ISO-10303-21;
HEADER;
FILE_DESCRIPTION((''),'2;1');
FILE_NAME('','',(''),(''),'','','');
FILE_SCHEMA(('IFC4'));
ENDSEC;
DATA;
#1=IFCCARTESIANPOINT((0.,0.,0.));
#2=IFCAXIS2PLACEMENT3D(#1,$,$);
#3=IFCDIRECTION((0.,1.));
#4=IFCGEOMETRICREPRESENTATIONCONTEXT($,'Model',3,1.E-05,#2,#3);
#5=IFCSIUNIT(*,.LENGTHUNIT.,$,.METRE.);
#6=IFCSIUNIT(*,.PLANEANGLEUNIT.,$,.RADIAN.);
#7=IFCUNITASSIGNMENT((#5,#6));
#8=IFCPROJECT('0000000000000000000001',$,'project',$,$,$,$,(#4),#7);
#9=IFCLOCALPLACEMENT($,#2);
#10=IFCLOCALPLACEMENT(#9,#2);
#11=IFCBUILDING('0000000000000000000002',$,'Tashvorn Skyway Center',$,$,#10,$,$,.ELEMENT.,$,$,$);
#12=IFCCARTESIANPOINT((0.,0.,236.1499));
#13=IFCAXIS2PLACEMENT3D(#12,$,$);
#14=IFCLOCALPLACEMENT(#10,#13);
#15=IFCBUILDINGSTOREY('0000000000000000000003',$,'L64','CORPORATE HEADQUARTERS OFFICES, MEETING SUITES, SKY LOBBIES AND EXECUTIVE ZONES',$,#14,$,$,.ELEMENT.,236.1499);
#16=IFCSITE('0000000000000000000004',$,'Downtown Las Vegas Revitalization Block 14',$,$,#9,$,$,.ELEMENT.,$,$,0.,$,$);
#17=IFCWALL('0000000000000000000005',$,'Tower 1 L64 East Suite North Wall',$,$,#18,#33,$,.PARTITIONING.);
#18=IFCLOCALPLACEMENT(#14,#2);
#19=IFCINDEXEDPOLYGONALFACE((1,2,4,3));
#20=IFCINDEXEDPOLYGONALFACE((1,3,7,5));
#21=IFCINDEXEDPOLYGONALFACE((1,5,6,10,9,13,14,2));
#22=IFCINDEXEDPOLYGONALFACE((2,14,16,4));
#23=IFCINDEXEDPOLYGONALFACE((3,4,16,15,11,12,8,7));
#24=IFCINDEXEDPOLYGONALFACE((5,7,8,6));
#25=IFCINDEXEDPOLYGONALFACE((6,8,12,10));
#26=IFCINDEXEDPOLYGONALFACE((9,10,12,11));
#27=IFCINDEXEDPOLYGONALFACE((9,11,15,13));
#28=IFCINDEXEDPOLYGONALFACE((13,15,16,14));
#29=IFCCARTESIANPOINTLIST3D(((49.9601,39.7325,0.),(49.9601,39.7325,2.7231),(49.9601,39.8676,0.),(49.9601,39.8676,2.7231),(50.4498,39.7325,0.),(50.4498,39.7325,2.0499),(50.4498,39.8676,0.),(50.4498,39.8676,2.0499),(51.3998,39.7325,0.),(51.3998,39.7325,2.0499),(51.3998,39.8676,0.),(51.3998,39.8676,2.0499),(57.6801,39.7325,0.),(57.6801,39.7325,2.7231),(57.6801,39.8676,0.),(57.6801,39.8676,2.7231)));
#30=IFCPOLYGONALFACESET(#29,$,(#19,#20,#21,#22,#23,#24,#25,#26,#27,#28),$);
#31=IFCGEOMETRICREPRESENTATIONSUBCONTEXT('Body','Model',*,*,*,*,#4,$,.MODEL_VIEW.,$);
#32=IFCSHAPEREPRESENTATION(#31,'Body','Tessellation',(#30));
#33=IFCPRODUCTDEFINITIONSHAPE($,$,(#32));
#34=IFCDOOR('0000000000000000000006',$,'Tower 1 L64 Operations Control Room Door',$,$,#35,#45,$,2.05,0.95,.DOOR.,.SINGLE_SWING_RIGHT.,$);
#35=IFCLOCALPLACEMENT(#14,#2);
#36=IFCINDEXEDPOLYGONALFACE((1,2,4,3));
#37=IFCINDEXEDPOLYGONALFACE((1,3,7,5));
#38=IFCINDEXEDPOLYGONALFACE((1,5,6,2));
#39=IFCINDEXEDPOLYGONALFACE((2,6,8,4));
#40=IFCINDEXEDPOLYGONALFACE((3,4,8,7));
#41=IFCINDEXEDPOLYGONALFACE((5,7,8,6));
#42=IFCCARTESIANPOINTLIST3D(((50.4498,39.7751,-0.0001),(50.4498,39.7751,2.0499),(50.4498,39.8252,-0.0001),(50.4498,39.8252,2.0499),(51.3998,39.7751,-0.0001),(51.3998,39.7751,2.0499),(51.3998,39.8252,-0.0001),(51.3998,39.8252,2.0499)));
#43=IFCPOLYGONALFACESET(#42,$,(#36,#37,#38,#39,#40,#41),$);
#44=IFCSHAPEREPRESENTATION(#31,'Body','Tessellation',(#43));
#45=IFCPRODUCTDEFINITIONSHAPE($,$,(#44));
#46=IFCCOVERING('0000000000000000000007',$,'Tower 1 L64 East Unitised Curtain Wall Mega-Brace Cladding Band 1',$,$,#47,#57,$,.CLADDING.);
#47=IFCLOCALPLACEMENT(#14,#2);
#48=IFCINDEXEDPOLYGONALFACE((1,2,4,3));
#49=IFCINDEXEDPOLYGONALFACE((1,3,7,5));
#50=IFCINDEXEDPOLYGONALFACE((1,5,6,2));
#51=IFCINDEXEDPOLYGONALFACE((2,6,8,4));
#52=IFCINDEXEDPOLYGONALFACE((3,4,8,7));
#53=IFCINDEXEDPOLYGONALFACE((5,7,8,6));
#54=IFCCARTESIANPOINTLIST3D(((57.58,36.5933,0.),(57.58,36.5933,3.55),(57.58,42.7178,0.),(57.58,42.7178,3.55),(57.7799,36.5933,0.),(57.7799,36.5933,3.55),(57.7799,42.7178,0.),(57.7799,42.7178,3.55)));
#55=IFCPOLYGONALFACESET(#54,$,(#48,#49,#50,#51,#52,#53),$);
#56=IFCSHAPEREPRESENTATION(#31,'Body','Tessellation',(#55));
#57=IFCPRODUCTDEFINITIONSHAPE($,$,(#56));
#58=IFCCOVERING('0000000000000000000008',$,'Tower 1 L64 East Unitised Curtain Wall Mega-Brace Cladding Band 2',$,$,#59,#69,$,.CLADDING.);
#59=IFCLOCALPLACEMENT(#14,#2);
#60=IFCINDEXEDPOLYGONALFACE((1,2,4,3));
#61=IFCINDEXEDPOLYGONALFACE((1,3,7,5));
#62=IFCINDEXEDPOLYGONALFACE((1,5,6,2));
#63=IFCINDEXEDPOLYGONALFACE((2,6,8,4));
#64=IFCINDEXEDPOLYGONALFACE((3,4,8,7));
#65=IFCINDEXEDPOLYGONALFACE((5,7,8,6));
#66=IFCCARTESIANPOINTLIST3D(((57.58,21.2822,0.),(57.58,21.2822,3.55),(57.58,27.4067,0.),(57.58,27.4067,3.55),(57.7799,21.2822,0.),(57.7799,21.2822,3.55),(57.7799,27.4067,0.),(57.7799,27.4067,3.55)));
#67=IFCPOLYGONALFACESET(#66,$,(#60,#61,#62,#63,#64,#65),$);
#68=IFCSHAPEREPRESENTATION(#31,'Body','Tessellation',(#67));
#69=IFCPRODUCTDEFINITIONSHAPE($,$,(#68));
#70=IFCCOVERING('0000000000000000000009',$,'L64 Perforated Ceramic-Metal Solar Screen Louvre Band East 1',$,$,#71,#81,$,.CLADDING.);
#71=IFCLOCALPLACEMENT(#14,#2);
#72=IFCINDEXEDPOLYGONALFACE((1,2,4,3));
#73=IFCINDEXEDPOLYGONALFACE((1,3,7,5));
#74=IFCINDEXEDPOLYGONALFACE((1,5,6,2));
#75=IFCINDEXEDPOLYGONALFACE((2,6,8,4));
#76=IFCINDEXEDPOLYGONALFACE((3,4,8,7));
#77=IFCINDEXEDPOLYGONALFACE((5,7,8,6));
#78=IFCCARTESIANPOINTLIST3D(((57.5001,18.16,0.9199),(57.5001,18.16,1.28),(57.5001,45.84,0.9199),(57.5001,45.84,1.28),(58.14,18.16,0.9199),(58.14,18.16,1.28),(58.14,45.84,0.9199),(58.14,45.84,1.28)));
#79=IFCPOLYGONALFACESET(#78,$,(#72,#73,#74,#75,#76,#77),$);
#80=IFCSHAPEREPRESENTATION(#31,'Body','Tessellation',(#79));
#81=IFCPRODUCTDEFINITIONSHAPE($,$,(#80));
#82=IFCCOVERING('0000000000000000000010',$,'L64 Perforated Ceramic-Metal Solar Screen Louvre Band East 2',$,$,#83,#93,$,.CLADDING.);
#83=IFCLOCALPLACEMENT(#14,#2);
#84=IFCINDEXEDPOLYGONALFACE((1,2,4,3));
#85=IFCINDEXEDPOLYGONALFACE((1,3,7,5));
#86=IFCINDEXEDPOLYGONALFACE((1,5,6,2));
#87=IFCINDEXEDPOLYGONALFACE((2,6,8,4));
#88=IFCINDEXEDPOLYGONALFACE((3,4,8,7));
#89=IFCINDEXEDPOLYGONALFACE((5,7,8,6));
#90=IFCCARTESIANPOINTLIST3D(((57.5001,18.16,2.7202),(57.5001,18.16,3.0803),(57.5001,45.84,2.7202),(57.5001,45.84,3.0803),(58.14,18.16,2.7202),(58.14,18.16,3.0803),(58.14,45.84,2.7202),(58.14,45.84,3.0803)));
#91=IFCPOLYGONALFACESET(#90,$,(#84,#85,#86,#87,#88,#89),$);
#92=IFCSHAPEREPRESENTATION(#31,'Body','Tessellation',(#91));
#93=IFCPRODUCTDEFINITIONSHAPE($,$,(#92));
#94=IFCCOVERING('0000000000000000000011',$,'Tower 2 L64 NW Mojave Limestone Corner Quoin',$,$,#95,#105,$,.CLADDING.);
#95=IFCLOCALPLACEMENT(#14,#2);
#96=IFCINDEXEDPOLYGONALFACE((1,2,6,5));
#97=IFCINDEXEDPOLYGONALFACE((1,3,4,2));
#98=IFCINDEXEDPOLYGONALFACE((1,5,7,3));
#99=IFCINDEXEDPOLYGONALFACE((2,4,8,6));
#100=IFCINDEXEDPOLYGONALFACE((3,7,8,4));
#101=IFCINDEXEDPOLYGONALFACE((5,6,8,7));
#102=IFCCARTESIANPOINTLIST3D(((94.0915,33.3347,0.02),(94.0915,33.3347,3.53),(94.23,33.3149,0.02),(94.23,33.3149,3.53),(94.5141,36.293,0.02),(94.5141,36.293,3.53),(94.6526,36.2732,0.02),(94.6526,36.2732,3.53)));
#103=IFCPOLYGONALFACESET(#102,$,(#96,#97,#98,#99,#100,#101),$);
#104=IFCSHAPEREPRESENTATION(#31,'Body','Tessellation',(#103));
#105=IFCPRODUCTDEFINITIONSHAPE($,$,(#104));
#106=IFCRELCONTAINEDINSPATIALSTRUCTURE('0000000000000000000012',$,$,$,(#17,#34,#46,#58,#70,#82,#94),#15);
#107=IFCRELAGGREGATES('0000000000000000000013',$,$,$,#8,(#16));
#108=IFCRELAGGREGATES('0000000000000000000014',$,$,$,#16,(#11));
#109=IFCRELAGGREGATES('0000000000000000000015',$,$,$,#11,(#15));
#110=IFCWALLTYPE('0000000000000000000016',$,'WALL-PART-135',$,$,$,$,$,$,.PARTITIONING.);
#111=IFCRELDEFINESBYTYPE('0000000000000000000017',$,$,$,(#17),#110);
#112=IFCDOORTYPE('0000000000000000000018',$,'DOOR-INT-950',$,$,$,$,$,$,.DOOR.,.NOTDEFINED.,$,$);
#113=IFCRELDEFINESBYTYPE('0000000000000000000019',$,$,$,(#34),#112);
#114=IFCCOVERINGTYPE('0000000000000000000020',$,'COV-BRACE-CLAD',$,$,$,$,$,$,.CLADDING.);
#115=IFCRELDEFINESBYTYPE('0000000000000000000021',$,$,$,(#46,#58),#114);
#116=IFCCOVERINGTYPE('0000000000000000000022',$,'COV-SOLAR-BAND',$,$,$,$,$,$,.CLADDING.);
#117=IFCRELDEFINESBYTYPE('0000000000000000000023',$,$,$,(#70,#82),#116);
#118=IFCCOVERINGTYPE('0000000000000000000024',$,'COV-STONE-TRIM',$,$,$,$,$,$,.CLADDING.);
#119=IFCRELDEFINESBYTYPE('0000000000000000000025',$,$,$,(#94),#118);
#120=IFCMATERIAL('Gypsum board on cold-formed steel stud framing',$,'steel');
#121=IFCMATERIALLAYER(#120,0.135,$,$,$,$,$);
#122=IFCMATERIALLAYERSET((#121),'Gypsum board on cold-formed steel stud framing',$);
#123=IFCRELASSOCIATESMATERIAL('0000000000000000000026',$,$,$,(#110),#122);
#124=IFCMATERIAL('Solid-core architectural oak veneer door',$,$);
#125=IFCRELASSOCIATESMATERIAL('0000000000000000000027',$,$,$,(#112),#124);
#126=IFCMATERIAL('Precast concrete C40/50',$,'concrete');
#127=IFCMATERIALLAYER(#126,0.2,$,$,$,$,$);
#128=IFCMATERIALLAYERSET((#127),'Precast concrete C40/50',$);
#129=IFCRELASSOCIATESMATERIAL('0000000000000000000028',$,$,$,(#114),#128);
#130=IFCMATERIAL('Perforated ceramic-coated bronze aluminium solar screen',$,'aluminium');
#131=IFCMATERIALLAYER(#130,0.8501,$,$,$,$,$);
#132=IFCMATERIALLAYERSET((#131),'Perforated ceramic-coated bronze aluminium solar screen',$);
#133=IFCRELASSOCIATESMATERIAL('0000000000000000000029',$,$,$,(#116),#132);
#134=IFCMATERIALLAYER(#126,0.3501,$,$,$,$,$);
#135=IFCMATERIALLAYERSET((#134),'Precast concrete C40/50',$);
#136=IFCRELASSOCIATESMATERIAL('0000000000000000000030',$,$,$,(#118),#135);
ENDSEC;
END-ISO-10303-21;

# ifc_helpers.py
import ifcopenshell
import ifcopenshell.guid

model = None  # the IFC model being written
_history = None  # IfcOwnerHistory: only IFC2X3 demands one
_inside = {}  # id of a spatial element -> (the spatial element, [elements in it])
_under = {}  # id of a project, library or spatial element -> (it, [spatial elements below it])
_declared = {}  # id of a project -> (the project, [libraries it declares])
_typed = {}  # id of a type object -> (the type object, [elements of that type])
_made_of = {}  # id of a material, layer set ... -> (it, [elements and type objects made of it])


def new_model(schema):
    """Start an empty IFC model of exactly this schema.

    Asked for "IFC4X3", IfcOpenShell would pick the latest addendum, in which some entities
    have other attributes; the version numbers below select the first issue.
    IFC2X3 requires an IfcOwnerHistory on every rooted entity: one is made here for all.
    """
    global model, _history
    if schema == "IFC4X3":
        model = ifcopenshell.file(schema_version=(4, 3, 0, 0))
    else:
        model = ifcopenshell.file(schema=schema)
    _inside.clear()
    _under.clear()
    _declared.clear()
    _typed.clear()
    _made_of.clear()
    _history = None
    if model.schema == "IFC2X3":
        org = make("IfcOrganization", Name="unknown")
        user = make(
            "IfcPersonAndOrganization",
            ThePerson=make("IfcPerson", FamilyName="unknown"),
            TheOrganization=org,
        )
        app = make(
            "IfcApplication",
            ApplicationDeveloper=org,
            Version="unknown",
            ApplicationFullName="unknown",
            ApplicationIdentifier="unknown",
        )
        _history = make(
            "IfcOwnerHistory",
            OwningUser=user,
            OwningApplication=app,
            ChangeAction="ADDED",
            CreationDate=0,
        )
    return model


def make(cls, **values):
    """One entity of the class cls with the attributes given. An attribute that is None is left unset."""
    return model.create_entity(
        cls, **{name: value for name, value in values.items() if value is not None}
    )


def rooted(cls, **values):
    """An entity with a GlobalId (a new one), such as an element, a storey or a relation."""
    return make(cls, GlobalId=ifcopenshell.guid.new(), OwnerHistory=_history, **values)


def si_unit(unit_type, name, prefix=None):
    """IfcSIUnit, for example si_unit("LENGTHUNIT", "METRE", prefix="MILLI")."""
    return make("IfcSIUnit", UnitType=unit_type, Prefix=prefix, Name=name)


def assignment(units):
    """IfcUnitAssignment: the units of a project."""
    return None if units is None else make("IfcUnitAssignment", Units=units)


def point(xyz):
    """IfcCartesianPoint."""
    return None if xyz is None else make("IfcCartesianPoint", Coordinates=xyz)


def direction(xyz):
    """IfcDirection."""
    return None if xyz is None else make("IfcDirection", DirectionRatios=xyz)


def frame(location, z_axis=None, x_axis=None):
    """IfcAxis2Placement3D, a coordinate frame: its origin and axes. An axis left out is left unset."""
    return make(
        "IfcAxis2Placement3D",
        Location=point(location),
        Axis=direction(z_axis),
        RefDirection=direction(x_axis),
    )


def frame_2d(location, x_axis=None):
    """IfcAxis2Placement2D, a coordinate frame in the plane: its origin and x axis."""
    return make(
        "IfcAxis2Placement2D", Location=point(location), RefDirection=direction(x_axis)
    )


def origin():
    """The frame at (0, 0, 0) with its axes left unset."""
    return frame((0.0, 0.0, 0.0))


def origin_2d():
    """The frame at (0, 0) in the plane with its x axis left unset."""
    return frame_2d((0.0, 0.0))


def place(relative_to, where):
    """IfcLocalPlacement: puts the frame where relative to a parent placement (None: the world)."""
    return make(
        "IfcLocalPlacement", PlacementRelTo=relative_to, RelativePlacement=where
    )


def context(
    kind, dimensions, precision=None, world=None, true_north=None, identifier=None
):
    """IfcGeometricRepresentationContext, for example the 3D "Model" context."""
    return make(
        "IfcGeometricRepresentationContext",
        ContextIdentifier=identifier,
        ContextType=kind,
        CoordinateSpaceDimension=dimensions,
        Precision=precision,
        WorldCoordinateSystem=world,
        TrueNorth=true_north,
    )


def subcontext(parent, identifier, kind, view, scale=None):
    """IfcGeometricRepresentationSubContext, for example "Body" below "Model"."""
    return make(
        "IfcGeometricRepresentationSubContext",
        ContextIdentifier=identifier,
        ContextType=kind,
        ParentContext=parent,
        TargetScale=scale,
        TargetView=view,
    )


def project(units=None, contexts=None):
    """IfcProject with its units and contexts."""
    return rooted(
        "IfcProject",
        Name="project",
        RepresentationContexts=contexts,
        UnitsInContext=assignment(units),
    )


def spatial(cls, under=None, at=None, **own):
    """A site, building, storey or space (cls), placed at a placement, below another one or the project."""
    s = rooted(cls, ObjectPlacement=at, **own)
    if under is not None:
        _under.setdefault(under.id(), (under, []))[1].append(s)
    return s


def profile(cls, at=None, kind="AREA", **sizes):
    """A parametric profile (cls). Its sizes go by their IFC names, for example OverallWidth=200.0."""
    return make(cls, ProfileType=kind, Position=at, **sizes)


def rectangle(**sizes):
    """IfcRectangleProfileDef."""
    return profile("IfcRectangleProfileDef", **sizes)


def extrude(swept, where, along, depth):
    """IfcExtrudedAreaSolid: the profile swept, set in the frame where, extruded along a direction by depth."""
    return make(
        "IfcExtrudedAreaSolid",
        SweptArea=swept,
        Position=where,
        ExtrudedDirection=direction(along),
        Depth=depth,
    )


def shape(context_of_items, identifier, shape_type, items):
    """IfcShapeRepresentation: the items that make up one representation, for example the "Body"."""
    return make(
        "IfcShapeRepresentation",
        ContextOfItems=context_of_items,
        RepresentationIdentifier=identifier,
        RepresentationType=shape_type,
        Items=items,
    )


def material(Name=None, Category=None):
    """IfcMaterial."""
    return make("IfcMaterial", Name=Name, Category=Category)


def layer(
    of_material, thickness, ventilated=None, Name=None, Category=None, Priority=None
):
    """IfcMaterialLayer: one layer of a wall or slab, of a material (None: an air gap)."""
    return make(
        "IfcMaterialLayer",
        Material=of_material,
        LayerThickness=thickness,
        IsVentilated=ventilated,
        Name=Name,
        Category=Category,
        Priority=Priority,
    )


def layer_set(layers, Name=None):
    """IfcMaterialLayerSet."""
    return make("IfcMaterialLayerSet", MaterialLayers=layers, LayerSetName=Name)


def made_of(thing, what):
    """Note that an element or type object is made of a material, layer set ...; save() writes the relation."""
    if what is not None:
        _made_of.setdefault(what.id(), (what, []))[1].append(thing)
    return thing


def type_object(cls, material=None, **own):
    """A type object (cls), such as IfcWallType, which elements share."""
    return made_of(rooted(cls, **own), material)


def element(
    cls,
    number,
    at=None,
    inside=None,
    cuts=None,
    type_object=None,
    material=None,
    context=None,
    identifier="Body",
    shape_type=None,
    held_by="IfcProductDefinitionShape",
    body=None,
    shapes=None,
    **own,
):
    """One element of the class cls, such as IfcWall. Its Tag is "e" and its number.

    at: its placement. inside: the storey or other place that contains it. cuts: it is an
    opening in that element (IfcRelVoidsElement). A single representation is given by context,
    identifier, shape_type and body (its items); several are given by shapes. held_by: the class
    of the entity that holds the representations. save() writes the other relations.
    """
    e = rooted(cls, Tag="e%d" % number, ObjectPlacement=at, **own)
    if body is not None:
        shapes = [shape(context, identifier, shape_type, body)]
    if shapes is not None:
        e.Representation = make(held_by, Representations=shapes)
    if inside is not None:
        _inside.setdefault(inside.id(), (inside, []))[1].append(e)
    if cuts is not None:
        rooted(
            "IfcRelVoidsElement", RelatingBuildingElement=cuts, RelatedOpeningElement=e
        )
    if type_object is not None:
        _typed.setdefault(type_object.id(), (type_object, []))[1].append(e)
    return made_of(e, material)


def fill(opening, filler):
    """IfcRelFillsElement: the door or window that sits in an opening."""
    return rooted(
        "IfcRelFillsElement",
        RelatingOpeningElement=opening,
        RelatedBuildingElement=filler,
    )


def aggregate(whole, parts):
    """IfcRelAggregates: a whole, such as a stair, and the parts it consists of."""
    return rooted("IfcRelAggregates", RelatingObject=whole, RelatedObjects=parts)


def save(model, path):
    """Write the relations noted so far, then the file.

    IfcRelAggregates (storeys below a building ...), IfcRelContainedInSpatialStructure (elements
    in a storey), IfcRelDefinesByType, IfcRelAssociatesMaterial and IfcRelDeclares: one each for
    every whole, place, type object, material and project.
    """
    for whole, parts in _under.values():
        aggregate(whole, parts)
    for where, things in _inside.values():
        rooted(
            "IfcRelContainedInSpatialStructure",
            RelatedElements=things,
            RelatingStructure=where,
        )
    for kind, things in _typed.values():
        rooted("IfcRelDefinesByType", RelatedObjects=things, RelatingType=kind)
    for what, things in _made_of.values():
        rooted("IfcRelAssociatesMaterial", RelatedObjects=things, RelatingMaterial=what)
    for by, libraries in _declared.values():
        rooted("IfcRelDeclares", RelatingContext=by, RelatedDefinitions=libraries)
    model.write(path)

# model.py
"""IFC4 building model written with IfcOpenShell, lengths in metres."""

from ifc_helpers import new_model, si_unit, direction, frame, frame_2d, origin, origin_2d, place, context, subcontext, project, spatial, rectangle, extrude, material, layer, layer_set, type_object, element, fill, save


model = new_model("IFC4")

# Units and contexts
model_context = context("Model", 3, precision=1e-05, world=origin(), true_north=direction((0.0, 1.0)))
body_context = subcontext(model_context, "Body", "Model", "MODEL_VIEW")
ifc_project = project(units=[si_unit("LENGTHUNIT", "METRE"), si_unit("PLANEANGLEUNIT", "RADIAN")], contexts=[model_context])

# Site, building, storey
site_placement = place(None, origin())
site = spatial("IfcSite", under=ifc_project, at=site_placement, Name="Downtown Las Vegas Revitalization Block 14", CompositionType="ELEMENT", RefElevation=0.0)
building_placement = place(site_placement, origin())
building = spatial("IfcBuilding", under=site, at=building_placement, Name="Tashvorn Skyway Center", CompositionType="ELEMENT")
storey_placement = place(building_placement, frame((0.0, 0.0, 236.1499)))
storey = spatial("IfcBuildingStorey", under=building, at=storey_placement, Name="L64", Description="CORPORATE HEADQUARTERS OFFICES, MEETING SUITES, SKY LOBBIES AND EXECUTIVE ZONES", CompositionType="ELEMENT", Elevation=236.1499)

# Shared definitions
ifc_material_1 = material(Name="Precast concrete C40/50", Category="concrete")

# Wall, opening, door
ifc_material_2 = material(Name="Gypsum board on cold-formed steel stud framing", Category="steel")
ifc_layer_1 = layer(ifc_material_2, 0.135)
ifc_layer_set_1 = layer_set([ifc_layer_1], Name="Gypsum board on cold-formed steel stud framing")
wall_type_1 = type_object("IfcWallType", Name="WALL-PART-135", PredefinedType="PARTITIONING", material=ifc_layer_set_1)
wall_1_placement = place(storey_placement, frame((57.6799, 39.8, 0.0), z_axis=(0.0, 0.0, 1.0), x_axis=(-1.0, 0.0, 0.0)))
wall_1 = element("IfcWall", 1, at=wall_1_placement, inside=storey, type_object=wall_type_1, Name="Tower 1 L64 East Suite North Wall", PredefinedType="PARTITIONING", context=body_context, shape_type="SweptSolid", body=[
    extrude(rectangle(XDim=7.72, YDim=0.135, at=frame_2d((3.8599, 0.0))), origin(), (0.0, 0.0, 1.0), 2.7231),
])
opening_placement = place(wall_1_placement, frame((6.28, 0.0, 0.0)))
opening = element("IfcOpeningElement", 2, at=opening_placement, cuts=wall_1, PredefinedType="OPENING", context=body_context, shape_type="SweptSolid", body=[
    extrude(rectangle(XDim=0.95, YDim=2.05, at=frame_2d((0.4751, 1.0249))), frame((0.0, 0.0774, 0.0), z_axis=(0.0, -1.0, 0.0), x_axis=(1.0, 0.0, 0.0)), (0.0, 0.0, 1.0), 0.155),
])
ifc_material_3 = material(Name="Solid-core architectural oak veneer door")
door_type = type_object("IfcDoorType", Name="DOOR-INT-950", OperationType="NOTDEFINED", PredefinedType="DOOR", material=ifc_material_3)
door_placement = place(opening_placement, origin())
door = element("IfcDoor", 3, at=door_placement, inside=storey, type_object=door_type, Name="Tower 1 L64 Operations Control Room Door", OperationType="SINGLE_SWING_RIGHT", OverallHeight=2.05, OverallWidth=0.95, PredefinedType="DOOR", context=body_context, shape_type="SweptSolid", body=[
    extrude(rectangle(XDim=0.95, YDim=2.05, at=frame_2d((0.4751, 1.0249))), frame((0.0, 0.0249, 0.0), z_axis=(0.0, -1.0, 0.0), x_axis=(1.0, 0.0, 0.0)), (0.0, 0.0, 1.0), 0.05),
])
fill(opening, door)

# Coverings
ifc_layer_2 = layer(ifc_material_1, 0.2)
ifc_layer_set_2 = layer_set([ifc_layer_2], Name="Precast concrete C40/50")
covering_type_1 = type_object("IfcCoveringType", Name="COV-BRACE-CLAD", PredefinedType="CLADDING", material=ifc_layer_set_2)
for number, where, z_axis, x_axis, name in (
    (4, (57.6799, 39.6555, 0.0), (0.0, 0.0, 1.0), (0.0, -1.0, 0.0), "Tower 1 L64 East Unitised Curtain Wall Mega-Brace Cladding Band 1"),
    (5, (57.6799, 24.3445, 0.0), (0.0, 0.0, 1.0), (0.0, -1.0, 0.0), "Tower 1 L64 East Unitised Curtain Wall Mega-Brace Cladding Band 2"),
):
    element("IfcCovering", number, at=place(storey_placement, frame(where, z_axis=z_axis, x_axis=x_axis)), inside=storey, type_object=covering_type_1, Name=name, PredefinedType="CLADDING", context=body_context, shape_type="SweptSolid", body=[
        extrude(rectangle(XDim=6.1245, YDim=0.2, at=origin_2d()), origin(), (0.0, 0.0, 1.0), 3.55),
    ])
ifc_material_4 = material(Name="Perforated ceramic-coated bronze aluminium solar screen", Category="aluminium")
ifc_layer_3 = layer(ifc_material_4, 0.8501)
ifc_layer_set_3 = layer_set([ifc_layer_3], Name="Perforated ceramic-coated bronze aluminium solar screen")
covering_type_2 = type_object("IfcCoveringType", Name="COV-SOLAR-BAND", PredefinedType="CLADDING", material=ifc_layer_set_3)
for number, where, z_axis, x_axis, name in (
    (6, (57.8201, 32.0, 0.9199), (0.0, 0.0, 1.0), (0.0, -1.0, 0.0), "L64 Perforated Ceramic-Metal Solar Screen Louvre Band East 1"),
    (7, (57.8201, 32.0, 2.7202), (0.0, 0.0, 1.0), (0.0, -1.0, 0.0), "L64 Perforated Ceramic-Metal Solar Screen Louvre Band East 2"),
):
    element("IfcCovering", number, at=place(storey_placement, frame(where, z_axis=z_axis, x_axis=x_axis)), inside=storey, type_object=covering_type_2, Name=name, PredefinedType="CLADDING", context=body_context, shape_type="SweptSolid", body=[
        extrude(rectangle(XDim=27.6799, YDim=0.6399, at=origin_2d()), origin(), (0.0, 0.0, 1.0), 0.3601),
    ])
ifc_layer_4 = layer(ifc_material_1, 0.3501)
ifc_layer_set_4 = layer_set([ifc_layer_4], Name="Precast concrete C40/50")
covering_type_3 = type_object("IfcCoveringType", Name="COV-STONE-TRIM", PredefinedType="CLADDING", material=ifc_layer_set_4)
covering_placement = place(storey_placement, frame((94.3721, 34.804, 0.02), z_axis=(0.0, 0.0, 1.0), x_axis=(-0.141421, -0.989949, 0.0)))
element("IfcCovering", 8, at=covering_placement, inside=storey, type_object=covering_type_3, Name="Tower 2 L64 NW Mojave Limestone Corner Quoin", PredefinedType="CLADDING", context=body_context, shape_type="SweptSolid", body=[
    extrude(rectangle(XDim=2.9883, YDim=0.1399, at=origin_2d()), origin(), (0.0, 0.0, 1.0), 3.51),
])

save(model, "model.ifc")
